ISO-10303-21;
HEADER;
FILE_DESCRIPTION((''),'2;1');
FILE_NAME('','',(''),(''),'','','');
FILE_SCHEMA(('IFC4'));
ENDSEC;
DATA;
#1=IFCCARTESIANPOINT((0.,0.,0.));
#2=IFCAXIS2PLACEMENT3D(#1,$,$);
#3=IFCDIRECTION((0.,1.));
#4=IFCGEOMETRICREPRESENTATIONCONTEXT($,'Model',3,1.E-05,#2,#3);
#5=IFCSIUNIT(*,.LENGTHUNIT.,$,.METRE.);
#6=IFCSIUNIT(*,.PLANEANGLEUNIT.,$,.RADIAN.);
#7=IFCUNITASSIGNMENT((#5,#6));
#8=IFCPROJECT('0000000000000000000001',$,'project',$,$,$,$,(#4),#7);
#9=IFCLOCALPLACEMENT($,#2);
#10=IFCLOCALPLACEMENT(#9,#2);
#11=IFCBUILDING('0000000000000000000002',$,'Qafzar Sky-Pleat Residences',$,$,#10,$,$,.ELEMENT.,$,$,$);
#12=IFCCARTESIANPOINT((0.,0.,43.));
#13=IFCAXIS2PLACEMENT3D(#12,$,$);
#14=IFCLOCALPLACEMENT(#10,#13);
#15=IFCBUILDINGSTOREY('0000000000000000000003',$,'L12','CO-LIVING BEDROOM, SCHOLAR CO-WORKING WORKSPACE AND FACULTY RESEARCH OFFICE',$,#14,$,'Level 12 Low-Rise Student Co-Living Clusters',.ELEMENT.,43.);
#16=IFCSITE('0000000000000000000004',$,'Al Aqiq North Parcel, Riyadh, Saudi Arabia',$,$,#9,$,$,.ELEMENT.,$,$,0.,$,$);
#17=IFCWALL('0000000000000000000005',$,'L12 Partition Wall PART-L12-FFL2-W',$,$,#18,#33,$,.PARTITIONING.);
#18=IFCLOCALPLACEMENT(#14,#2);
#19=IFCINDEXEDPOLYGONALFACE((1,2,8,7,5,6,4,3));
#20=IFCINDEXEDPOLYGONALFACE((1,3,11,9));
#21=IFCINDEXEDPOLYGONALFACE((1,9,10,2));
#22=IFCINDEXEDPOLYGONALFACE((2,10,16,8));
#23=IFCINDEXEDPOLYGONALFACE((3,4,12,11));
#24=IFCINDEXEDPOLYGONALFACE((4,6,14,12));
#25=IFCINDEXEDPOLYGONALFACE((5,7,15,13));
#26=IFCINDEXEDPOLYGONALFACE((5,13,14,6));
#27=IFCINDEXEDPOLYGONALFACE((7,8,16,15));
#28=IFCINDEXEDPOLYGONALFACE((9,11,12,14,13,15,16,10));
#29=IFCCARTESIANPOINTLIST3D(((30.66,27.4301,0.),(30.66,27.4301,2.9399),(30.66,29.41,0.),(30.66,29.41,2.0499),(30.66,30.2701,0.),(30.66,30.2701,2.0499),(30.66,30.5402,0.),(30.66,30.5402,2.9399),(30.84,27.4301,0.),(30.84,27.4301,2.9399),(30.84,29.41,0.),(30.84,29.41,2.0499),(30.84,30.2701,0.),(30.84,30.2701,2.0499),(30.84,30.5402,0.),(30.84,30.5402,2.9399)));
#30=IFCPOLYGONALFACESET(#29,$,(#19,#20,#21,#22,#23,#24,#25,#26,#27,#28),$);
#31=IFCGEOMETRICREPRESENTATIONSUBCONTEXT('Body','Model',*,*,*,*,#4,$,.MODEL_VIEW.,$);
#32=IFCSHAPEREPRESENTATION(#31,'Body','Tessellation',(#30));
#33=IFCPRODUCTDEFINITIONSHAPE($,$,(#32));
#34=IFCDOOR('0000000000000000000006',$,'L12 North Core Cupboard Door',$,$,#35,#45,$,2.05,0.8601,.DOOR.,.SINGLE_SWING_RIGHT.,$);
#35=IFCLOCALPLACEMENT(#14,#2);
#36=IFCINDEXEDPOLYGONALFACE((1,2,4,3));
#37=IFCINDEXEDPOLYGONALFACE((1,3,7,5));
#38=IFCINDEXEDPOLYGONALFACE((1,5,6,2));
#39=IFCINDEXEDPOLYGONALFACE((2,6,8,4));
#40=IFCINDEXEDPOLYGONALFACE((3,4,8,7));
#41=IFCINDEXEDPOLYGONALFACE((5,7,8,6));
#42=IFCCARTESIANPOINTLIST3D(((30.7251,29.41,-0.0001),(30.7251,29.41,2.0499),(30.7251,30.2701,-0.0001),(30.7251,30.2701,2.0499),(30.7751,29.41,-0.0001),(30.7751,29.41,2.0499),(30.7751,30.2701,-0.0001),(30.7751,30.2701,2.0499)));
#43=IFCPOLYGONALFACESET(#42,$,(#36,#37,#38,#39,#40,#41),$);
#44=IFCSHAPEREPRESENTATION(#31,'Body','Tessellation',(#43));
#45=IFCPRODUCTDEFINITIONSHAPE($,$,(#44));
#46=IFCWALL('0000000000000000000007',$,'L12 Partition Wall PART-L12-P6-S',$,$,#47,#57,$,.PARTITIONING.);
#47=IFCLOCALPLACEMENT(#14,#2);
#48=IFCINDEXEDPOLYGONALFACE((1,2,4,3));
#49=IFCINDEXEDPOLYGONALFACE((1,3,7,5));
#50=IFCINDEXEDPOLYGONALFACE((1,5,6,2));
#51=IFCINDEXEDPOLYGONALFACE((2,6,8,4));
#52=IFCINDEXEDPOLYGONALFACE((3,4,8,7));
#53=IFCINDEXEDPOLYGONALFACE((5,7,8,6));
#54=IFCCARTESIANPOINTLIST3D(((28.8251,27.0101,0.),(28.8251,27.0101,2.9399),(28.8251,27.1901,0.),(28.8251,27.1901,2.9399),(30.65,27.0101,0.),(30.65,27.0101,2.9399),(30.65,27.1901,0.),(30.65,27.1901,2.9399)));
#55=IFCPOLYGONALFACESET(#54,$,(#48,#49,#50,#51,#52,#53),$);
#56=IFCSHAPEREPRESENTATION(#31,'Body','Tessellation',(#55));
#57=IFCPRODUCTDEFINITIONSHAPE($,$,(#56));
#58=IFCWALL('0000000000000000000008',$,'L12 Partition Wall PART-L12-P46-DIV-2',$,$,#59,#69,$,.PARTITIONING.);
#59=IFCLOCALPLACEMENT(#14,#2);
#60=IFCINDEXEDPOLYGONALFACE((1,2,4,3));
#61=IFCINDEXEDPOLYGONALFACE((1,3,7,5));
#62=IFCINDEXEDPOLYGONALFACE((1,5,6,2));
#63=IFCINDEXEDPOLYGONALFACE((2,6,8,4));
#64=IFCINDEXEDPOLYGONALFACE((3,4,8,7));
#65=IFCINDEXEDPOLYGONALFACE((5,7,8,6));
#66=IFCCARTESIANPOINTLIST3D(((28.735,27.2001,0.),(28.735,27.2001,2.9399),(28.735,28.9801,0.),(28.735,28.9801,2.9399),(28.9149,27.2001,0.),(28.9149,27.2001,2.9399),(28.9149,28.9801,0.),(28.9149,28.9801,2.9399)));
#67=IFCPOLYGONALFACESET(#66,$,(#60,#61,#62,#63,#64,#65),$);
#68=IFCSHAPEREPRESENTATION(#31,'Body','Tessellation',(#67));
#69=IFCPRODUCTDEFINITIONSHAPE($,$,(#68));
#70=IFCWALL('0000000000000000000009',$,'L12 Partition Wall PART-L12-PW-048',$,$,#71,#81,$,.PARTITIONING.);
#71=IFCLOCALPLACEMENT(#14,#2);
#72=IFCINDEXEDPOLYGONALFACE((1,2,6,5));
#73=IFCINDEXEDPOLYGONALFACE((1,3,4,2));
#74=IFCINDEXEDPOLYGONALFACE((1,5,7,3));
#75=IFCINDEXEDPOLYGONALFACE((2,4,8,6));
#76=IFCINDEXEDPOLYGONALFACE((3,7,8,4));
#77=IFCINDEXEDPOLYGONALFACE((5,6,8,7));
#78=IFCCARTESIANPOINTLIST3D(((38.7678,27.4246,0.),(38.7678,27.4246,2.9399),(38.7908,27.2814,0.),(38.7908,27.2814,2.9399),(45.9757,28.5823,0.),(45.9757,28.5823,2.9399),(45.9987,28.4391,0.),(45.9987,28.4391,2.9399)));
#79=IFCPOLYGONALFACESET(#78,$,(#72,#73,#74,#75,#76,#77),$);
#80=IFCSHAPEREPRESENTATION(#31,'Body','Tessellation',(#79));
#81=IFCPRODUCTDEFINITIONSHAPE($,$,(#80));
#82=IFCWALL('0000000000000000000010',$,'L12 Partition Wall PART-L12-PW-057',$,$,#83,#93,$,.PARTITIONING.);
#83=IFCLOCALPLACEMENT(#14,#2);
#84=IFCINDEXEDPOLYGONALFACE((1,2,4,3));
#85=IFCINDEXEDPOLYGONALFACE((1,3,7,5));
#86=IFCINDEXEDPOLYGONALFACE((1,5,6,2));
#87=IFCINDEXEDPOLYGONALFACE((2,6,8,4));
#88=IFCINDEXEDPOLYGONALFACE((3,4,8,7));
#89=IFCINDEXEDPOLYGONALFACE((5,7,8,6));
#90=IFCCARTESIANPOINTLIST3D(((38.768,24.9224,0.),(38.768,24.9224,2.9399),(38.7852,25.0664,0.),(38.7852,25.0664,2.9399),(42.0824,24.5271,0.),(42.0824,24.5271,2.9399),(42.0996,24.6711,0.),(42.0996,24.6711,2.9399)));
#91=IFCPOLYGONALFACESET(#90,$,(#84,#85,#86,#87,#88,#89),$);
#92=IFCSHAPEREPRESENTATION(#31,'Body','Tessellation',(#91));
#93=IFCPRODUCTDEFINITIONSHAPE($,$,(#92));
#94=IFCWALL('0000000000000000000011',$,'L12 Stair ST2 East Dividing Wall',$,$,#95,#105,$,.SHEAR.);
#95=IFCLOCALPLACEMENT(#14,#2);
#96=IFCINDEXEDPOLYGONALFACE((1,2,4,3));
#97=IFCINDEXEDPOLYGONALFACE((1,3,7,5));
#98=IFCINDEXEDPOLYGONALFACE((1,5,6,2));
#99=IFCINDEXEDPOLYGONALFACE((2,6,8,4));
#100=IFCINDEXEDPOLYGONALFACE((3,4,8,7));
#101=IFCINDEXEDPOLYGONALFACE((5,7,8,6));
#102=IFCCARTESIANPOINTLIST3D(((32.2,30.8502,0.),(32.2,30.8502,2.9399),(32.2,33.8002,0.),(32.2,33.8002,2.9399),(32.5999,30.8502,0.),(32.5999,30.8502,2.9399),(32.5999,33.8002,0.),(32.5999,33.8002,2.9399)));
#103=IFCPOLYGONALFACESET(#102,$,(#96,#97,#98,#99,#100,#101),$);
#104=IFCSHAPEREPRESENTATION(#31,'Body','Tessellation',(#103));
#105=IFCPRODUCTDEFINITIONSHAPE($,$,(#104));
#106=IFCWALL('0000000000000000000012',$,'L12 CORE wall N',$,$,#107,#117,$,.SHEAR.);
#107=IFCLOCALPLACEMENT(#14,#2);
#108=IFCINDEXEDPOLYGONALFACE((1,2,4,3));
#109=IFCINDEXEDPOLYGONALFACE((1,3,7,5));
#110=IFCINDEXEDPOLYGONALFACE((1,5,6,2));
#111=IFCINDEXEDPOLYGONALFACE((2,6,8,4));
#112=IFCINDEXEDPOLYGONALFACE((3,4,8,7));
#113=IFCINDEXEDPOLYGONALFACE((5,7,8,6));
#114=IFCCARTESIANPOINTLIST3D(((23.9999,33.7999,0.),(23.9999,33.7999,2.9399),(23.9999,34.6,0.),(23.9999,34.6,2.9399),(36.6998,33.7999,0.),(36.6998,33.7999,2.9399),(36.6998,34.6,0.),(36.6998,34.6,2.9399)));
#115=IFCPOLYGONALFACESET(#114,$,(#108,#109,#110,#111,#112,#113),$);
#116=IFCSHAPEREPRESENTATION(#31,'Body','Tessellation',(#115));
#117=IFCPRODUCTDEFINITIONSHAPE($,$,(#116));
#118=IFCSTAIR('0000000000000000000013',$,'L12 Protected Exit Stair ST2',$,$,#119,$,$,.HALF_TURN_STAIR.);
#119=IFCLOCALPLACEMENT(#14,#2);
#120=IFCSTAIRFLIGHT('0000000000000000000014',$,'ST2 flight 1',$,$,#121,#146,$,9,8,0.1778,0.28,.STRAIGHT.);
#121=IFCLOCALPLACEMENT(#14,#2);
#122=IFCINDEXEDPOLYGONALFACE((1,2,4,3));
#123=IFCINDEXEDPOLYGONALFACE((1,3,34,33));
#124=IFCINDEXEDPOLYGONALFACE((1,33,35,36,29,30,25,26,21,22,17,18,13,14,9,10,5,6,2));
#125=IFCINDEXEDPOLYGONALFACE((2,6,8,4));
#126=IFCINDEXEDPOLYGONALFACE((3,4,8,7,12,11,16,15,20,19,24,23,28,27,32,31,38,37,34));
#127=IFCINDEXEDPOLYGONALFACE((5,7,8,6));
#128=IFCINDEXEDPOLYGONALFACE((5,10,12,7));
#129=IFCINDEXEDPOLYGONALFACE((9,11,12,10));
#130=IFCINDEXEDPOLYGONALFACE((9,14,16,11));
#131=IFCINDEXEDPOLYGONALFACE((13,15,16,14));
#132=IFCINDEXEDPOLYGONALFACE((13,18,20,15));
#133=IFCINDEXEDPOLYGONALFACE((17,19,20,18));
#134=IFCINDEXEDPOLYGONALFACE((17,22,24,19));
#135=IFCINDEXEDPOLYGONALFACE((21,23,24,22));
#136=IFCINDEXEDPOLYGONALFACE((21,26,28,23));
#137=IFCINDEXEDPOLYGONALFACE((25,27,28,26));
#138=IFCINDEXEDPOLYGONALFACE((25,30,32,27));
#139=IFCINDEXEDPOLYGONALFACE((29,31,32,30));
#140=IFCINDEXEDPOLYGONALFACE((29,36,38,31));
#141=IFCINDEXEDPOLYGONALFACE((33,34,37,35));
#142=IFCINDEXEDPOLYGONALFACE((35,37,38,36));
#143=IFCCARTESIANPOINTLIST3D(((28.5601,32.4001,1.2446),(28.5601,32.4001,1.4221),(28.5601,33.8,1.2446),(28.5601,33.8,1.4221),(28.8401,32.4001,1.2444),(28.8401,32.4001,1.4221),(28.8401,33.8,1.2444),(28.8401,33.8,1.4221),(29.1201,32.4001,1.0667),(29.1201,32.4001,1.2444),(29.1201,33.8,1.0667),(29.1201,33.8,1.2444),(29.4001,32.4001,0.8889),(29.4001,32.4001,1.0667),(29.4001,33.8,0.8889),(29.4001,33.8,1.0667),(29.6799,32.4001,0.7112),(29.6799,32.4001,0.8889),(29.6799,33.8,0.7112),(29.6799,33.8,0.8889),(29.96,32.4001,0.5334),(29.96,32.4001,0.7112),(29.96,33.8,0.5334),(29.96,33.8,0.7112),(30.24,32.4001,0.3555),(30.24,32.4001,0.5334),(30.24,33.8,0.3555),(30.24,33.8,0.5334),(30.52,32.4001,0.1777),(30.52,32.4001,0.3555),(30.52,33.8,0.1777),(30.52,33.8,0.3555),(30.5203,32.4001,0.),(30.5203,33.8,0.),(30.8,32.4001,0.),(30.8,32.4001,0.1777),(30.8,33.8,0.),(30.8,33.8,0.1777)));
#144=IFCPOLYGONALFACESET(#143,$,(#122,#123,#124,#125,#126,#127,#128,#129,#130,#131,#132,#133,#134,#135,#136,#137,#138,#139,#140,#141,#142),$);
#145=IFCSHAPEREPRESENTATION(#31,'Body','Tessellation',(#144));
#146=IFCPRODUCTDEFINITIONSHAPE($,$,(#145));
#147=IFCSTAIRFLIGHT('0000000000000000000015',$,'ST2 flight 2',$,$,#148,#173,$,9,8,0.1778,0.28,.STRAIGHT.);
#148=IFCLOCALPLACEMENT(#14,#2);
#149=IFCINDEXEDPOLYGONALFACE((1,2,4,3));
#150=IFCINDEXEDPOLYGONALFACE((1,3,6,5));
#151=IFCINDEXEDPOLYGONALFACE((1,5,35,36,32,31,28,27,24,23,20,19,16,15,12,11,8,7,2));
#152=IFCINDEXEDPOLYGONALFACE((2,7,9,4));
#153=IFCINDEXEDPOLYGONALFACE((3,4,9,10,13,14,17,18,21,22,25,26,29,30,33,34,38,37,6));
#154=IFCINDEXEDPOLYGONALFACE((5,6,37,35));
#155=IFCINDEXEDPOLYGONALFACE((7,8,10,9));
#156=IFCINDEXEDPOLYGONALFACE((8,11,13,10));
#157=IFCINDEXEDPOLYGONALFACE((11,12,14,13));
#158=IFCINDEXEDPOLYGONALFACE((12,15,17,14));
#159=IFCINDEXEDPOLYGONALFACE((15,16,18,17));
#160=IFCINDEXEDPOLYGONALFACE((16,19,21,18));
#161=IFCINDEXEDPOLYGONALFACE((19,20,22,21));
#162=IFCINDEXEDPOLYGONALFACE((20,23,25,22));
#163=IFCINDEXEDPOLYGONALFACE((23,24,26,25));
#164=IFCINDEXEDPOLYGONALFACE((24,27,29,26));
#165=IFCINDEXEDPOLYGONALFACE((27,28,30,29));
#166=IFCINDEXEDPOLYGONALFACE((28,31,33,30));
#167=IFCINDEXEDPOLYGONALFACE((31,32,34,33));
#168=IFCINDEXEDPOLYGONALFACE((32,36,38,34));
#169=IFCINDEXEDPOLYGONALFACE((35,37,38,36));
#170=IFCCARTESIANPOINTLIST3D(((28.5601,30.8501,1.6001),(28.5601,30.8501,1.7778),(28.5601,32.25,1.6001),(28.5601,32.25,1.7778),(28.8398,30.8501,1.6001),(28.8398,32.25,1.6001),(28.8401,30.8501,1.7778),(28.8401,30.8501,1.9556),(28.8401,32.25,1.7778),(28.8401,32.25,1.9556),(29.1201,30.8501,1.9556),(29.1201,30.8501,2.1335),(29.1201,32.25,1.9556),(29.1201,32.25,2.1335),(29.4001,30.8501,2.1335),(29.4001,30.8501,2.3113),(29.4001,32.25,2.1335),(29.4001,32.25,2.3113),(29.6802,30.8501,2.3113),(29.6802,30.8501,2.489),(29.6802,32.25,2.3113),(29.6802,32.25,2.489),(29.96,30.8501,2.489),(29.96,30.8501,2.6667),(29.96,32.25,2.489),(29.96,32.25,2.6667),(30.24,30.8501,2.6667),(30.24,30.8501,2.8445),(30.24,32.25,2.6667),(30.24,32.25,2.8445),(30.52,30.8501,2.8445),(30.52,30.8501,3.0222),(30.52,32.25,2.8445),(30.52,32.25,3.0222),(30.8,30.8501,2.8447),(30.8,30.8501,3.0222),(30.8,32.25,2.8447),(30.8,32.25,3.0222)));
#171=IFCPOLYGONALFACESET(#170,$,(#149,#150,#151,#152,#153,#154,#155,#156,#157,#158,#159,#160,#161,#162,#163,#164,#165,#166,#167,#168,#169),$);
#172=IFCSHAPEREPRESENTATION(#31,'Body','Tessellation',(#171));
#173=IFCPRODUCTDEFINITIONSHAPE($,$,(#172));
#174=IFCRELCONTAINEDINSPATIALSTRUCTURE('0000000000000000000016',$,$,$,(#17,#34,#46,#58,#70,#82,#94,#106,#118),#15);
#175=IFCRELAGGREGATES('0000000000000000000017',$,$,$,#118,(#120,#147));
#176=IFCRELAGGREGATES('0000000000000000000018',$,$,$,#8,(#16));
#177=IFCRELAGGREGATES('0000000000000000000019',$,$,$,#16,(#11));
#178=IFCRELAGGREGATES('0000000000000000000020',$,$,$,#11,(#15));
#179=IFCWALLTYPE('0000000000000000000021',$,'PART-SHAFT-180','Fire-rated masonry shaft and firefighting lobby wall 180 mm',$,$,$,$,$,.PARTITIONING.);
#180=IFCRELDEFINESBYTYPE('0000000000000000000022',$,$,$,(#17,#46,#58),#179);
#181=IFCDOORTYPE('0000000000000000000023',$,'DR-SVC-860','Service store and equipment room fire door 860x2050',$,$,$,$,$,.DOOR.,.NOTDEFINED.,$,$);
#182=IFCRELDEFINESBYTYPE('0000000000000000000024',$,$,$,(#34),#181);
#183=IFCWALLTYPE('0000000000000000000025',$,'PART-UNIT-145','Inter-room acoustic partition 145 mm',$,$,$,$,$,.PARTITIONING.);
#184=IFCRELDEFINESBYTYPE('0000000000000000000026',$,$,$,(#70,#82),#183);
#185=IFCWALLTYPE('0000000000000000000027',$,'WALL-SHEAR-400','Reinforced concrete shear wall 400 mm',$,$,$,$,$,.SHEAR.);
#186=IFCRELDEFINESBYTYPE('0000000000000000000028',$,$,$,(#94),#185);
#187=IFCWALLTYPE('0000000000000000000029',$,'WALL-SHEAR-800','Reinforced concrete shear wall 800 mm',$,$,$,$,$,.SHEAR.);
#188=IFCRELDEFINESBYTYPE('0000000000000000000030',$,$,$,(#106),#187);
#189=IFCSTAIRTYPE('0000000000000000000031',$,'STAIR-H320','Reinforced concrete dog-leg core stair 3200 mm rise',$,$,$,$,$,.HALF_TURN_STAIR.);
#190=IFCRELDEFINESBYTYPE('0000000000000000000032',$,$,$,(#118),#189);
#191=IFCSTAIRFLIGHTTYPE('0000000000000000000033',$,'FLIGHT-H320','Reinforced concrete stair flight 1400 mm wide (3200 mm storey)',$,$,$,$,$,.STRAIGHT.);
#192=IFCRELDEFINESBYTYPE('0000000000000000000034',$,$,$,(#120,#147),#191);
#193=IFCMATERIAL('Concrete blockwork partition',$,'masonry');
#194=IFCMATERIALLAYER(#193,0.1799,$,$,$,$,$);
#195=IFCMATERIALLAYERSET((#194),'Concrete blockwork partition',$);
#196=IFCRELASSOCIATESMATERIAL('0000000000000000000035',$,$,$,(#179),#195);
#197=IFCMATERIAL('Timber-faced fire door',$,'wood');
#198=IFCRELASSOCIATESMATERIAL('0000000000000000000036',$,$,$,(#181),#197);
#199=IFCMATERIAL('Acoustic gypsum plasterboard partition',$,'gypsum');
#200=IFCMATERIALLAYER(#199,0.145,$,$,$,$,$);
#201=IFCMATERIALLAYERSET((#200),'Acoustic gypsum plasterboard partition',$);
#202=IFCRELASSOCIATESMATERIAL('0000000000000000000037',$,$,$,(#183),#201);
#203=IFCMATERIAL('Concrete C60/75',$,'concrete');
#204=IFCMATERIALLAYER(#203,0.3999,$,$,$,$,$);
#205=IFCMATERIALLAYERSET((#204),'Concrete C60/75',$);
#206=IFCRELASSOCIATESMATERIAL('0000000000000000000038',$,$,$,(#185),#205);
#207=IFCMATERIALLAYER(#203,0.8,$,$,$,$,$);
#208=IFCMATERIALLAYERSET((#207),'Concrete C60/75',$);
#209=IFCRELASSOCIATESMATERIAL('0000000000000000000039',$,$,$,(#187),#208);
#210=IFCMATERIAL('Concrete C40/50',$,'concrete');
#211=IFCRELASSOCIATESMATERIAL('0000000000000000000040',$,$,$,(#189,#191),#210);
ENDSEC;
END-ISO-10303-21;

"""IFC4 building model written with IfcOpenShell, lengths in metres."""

from ifc_helpers import new_model, si_unit, direction, frame, frame_2d, origin, place, context, subcontext, project, spatial, polyline, rectangle, outline, extrude, source, transform, mapped, material, layer, layer_set, type_object, element, fill, aggregate, save


model = new_model("IFC4")

# Units and contexts
model_context = context("Model", 3, precision=1e-05, world=origin(), true_north=direction((0.0, 1.0)))
body_context = subcontext(model_context, "Body", "Model", "MODEL_VIEW")
ifc_project = project(units=[si_unit("LENGTHUNIT", "METRE"), si_unit("PLANEANGLEUNIT", "RADIAN")], contexts=[model_context])

# Site, building, storey
site_placement = place(None, origin())
site = spatial("IfcSite", under=ifc_project, at=site_placement, Name="Al Aqiq North Parcel, Riyadh, Saudi Arabia", CompositionType="ELEMENT", RefElevation=0.0)
building_placement = place(site_placement, origin())
building = spatial("IfcBuilding", under=site, at=building_placement, Name="Qafzar Sky-Pleat Residences", CompositionType="ELEMENT")
storey_placement = place(building_placement, frame((0.0, 0.0, 43.0)))
storey = spatial("IfcBuildingStorey", under=building, at=storey_placement, Name="L12", Description="CO-LIVING BEDROOM, SCHOLAR CO-WORKING WORKSPACE AND FACULTY RESEARCH OFFICE", LongName="Level 12 Low-Rise Student Co-Living Clusters", CompositionType="ELEMENT", Elevation=43.0)

# Wall, opening, door
ifc_material_1 = material(Name="Acoustic gypsum plasterboard partition", Category="gypsum")
ifc_material_2 = material(Name="Timber-faced fire door", Category="wood")
ifc_material_3 = material(Name="Concrete blockwork partition", Category="masonry")
ifc_layer_1 = layer(ifc_material_3, 0.1799)
ifc_layer_set_1 = layer_set([ifc_layer_1], Name="Concrete blockwork partition")
wall_type_1 = type_object("IfcWallType", Name="PART-SHAFT-180", Description="Fire-rated masonry shaft and firefighting lobby wall 180 mm", PredefinedType="PARTITIONING", material=ifc_layer_set_1)
wall_1_placement = place(storey_placement, frame((30.75, 27.4299, 0.0), z_axis=(0.0, 0.0, 1.0), x_axis=(0.0, 1.0, 0.0)))
wall_1 = element("IfcWall", 1, at=wall_1_placement, inside=storey, type_object=wall_type_1, Name="L12 Partition Wall PART-L12-FFL2-W", PredefinedType="PARTITIONING", context=body_context, shape_type="SweptSolid", body=[
    extrude(rectangle(XDim=3.1101, YDim=0.1799, at=frame_2d((1.5552, 0.0))), origin(), (0.0, 0.0, 1.0), 2.9399),
])
opening_1_placement = place(wall_1_placement, frame((1.98, 0.0, 0.0)))
opening_1 = element("IfcOpeningElement", 2, at=opening_1_placement, cuts=wall_1, PredefinedType="OPENING", context=body_context, shape_type="SweptSolid", body=[
    extrude(rectangle(XDim=0.8601, YDim=2.05, at=frame_2d((0.4302, 1.0249))), frame((0.0, 0.1001, 0.0), z_axis=(0.0, -1.0, 0.0), x_axis=(1.0, 0.0, 0.0)), (0.0, 0.0, 1.0), 0.2),
])
door_type_1 = type_object("IfcDoorType", Name="DR-SVC-860", Description="Service store and equipment room fire door 860x2050", OperationType="NOTDEFINED", PredefinedType="DOOR", material=ifc_material_2)
shared_shape_1 = source(origin(), body_context, "Body", "SweptSolid", [
    extrude(rectangle(XDim=0.8601, YDim=2.05, at=frame_2d((0.4302, 1.0249))), frame((0.0, 0.0249, 0.0), z_axis=(0.0, -1.0, 0.0), x_axis=(1.0, 0.0, 0.0)), (0.0, 0.0, 1.0), 0.05),
])
door_1_placement = place(opening_1_placement, origin())
door_1 = element("IfcDoor", 3, at=door_1_placement, inside=storey, type_object=door_type_1, Name="L12 North Core Cupboard Door", OperationType="SINGLE_SWING_RIGHT", OverallHeight=2.05, OverallWidth=0.8601, PredefinedType="DOOR", context=body_context, shape_type="MappedRepresentation", body=[
    mapped(shared_shape_1, transform((0.0, 0.0, 0.0), x_axis=(1.0, 0.0, 0.0), y_axis=(0.0, 1.0, 0.0), z_axis=(0.0, 0.0, 1.0), scale=1.0)),
])
fill(opening_1, door_1)

# Walls
wall_2_placement = place(storey_placement, frame((28.825, 27.1001, 0.0), z_axis=(0.0, 0.0, 1.0), x_axis=(1.0, 0.0, 0.0)))
element("IfcWall", 4, at=wall_2_placement, inside=storey, type_object=wall_type_1, Name="L12 Partition Wall PART-L12-P6-S", PredefinedType="PARTITIONING", context=body_context, shape_type="SweptSolid", body=[
    extrude(rectangle(XDim=1.825, YDim=0.1799, at=frame_2d((0.9126, 0.0))), origin(), (0.0, 0.0, 1.0), 2.9399),
])
wall_3_placement = place(storey_placement, frame((28.825, 27.2, 0.0), z_axis=(0.0, 0.0, 1.0), x_axis=(0.0, 1.0, 0.0)))
element("IfcWall", 5, at=wall_3_placement, inside=storey, type_object=wall_type_1, Name="L12 Partition Wall PART-L12-P46-DIV-2", PredefinedType="PARTITIONING", context=body_context, shape_type="SweptSolid", body=[
    extrude(rectangle(XDim=1.78, YDim=0.1799, at=frame_2d((0.8901, 0.0))), origin(), (0.0, 0.0, 1.0), 2.9399),
])
ifc_layer_2 = layer(ifc_material_1, 0.145)
ifc_layer_set_2 = layer_set([ifc_layer_2], Name="Acoustic gypsum plasterboard partition")
wall_type_2 = type_object("IfcWallType", Name="PART-UNIT-145", Description="Inter-room acoustic partition 145 mm", PredefinedType="PARTITIONING", material=ifc_layer_set_2)
wall_4_placement = place(storey_placement, frame((38.7793, 27.353, 0.0), z_axis=(0.0, 0.0, 1.0), x_axis=(0.987346, 0.158583, 0.0)))
element("IfcWall", 6, at=wall_4_placement, inside=storey, type_object=wall_type_2, Name="L12 Partition Wall PART-L12-PW-048", PredefinedType="PARTITIONING", context=body_context, shape_type="SweptSolid", body=[
    extrude(rectangle(XDim=7.3003, YDim=0.145, at=frame_2d((3.6501, 0.0))), origin(), (0.0, 0.0, 1.0), 2.9399),
])
wall_5_placement = place(storey_placement, frame((38.7766, 24.9944, 0.0), z_axis=(0.0, 0.0, 1.0), x_axis=(0.992964, -0.118416, 0.0)))
element("IfcWall", 7, at=wall_5_placement, inside=storey, type_object=wall_type_2, Name="L12 Partition Wall PART-L12-PW-057", PredefinedType="PARTITIONING", context=body_context, shape_type="SweptSolid", body=[
    extrude(rectangle(XDim=3.3379, YDim=0.145, at=frame_2d((1.6689, 0.0))), origin(), (0.0, 0.0, 1.0), 2.9399),
])
ifc_material_4 = material(Name="Concrete C60/75", Category="concrete")
ifc_layer_3 = layer(ifc_material_4, 0.3999)
ifc_layer_set_3 = layer_set([ifc_layer_3], Name="Concrete C60/75")
wall_type_3 = type_object("IfcWallType", Name="WALL-SHEAR-400", Description="Reinforced concrete shear wall 400 mm", PredefinedType="SHEAR", material=ifc_layer_set_3)
wall_6_placement = place(storey_placement, frame((32.3999, 30.8501, 0.0), z_axis=(0.0, 0.0, 1.0), x_axis=(0.0, 1.0, 0.0)))
element("IfcWall", 8, at=wall_6_placement, inside=storey, type_object=wall_type_3, Name="L12 Stair ST2 East Dividing Wall", PredefinedType="SHEAR", context=body_context, shape_type="SweptSolid", body=[
    extrude(rectangle(XDim=2.95, YDim=0.3999, at=frame_2d((1.4751, 0.0))), origin(), (0.0, 0.0, 1.0), 2.9399),
])
ifc_layer_4 = layer(ifc_material_4, 0.8)
ifc_layer_set_4 = layer_set([ifc_layer_4], Name="Concrete C60/75")
wall_type_4 = type_object("IfcWallType", Name="WALL-SHEAR-800", Description="Reinforced concrete shear wall 800 mm", PredefinedType="SHEAR", material=ifc_layer_set_4)
wall_7_placement = place(storey_placement, frame((36.7, 34.2, 0.0), z_axis=(0.0, 0.0, 1.0), x_axis=(-1.0, 0.0, 0.0)))
element("IfcWall", 9, at=wall_7_placement, inside=storey, type_object=wall_type_4, Name="L12 CORE wall N", PredefinedType="SHEAR", context=body_context, shape_type="SweptSolid", body=[
    extrude(rectangle(XDim=12.7, YDim=0.8, at=frame_2d((6.3501, 0.0))), origin(), (0.0, 0.0, 1.0), 2.9399),
])

# Stair, stair flights
ifc_material_5 = material(Name="Concrete C40/50", Category="concrete")
stair_type = type_object("IfcStairType", Name="STAIR-H320", Description="Reinforced concrete dog-leg core stair 3200 mm rise", PredefinedType="HALF_TURN_STAIR", material=ifc_material_5)
stair_placement = place(storey_placement, origin())
stair = element("IfcStair", 10, at=stair_placement, inside=storey, type_object=stair_type, Name="L12 Protected Exit Stair ST2", PredefinedType="HALF_TURN_STAIR")
stair_flight_type = type_object("IfcStairFlightType", Name="FLIGHT-H320", Description="Reinforced concrete stair flight 1400 mm wide (3200 mm storey)", PredefinedType="STRAIGHT", material=ifc_material_5)
shared_shape_2 = source(origin(), body_context, "Body", "SweptSolid", [
    extrude(outline(polyline([(0.0, 0.0), (0.0, 0.1777), (0.28, 0.1777), (0.28, 0.3555), (0.5601, 0.3555), (0.5601, 0.5334), (0.8401, 0.5334), (0.8401, 0.7112), (1.1201, 0.7112), (1.1201, 0.8889), (1.3999, 0.8889), (1.3999, 1.0667), (1.6799, 1.0667), (1.6799, 1.2444), (1.96, 1.2444), (1.96, 1.4221), (2.24, 1.4221), (2.24, 1.6001), (2.24, 1.2446), (0.2798, 0.0), (0.0, 0.0)])), frame((0.0, 0.7, 0.0), z_axis=(0.0, -1.0, 0.0), x_axis=(1.0, 0.0, 0.0)), (0.0, 0.0, 1.0), 1.3999),
])
stair_flight_1_placement = place(storey_placement, frame((30.8, 33.1001, 0.0), z_axis=(0.0, 0.0, 1.0), x_axis=(-1.0, 0.0, 0.0)))
stair_flight_1 = element("IfcStairFlight", 11, at=stair_flight_1_placement, type_object=stair_flight_type, Name="ST2 flight 1", NumberOfRisers=9, NumberOfTreads=8, PredefinedType="STRAIGHT", RiserHeight=0.1778, TreadLength=0.28, context=body_context, shape_type="MappedRepresentation", body=[
    mapped(shared_shape_2, transform((0.0, 0.0, 0.0), x_axis=(1.0, 0.0, 0.0), y_axis=(0.0, 1.0, 0.0), z_axis=(0.0, 0.0, 1.0), scale=1.0)),
])
stair_flight_2_placement = place(storey_placement, frame((28.5601, 31.55, 1.6001), z_axis=(0.0, 0.0, 1.0), x_axis=(1.0, 0.0, 0.0)))
stair_flight_2 = element("IfcStairFlight", 12, at=stair_flight_2_placement, type_object=stair_flight_type, Name="ST2 flight 2", NumberOfRisers=9, NumberOfTreads=8, PredefinedType="STRAIGHT", RiserHeight=0.1778, TreadLength=0.28, context=body_context, shape_type="MappedRepresentation", body=[
    mapped(shared_shape_2, transform((0.0, 0.0, 0.0), x_axis=(1.0, 0.0, 0.0), y_axis=(0.0, 1.0, 0.0), z_axis=(0.0, 0.0, 1.0), scale=1.0)),
])
aggregate(stair, [stair_flight_1, stair_flight_2])

save(model, "model.ifc")
